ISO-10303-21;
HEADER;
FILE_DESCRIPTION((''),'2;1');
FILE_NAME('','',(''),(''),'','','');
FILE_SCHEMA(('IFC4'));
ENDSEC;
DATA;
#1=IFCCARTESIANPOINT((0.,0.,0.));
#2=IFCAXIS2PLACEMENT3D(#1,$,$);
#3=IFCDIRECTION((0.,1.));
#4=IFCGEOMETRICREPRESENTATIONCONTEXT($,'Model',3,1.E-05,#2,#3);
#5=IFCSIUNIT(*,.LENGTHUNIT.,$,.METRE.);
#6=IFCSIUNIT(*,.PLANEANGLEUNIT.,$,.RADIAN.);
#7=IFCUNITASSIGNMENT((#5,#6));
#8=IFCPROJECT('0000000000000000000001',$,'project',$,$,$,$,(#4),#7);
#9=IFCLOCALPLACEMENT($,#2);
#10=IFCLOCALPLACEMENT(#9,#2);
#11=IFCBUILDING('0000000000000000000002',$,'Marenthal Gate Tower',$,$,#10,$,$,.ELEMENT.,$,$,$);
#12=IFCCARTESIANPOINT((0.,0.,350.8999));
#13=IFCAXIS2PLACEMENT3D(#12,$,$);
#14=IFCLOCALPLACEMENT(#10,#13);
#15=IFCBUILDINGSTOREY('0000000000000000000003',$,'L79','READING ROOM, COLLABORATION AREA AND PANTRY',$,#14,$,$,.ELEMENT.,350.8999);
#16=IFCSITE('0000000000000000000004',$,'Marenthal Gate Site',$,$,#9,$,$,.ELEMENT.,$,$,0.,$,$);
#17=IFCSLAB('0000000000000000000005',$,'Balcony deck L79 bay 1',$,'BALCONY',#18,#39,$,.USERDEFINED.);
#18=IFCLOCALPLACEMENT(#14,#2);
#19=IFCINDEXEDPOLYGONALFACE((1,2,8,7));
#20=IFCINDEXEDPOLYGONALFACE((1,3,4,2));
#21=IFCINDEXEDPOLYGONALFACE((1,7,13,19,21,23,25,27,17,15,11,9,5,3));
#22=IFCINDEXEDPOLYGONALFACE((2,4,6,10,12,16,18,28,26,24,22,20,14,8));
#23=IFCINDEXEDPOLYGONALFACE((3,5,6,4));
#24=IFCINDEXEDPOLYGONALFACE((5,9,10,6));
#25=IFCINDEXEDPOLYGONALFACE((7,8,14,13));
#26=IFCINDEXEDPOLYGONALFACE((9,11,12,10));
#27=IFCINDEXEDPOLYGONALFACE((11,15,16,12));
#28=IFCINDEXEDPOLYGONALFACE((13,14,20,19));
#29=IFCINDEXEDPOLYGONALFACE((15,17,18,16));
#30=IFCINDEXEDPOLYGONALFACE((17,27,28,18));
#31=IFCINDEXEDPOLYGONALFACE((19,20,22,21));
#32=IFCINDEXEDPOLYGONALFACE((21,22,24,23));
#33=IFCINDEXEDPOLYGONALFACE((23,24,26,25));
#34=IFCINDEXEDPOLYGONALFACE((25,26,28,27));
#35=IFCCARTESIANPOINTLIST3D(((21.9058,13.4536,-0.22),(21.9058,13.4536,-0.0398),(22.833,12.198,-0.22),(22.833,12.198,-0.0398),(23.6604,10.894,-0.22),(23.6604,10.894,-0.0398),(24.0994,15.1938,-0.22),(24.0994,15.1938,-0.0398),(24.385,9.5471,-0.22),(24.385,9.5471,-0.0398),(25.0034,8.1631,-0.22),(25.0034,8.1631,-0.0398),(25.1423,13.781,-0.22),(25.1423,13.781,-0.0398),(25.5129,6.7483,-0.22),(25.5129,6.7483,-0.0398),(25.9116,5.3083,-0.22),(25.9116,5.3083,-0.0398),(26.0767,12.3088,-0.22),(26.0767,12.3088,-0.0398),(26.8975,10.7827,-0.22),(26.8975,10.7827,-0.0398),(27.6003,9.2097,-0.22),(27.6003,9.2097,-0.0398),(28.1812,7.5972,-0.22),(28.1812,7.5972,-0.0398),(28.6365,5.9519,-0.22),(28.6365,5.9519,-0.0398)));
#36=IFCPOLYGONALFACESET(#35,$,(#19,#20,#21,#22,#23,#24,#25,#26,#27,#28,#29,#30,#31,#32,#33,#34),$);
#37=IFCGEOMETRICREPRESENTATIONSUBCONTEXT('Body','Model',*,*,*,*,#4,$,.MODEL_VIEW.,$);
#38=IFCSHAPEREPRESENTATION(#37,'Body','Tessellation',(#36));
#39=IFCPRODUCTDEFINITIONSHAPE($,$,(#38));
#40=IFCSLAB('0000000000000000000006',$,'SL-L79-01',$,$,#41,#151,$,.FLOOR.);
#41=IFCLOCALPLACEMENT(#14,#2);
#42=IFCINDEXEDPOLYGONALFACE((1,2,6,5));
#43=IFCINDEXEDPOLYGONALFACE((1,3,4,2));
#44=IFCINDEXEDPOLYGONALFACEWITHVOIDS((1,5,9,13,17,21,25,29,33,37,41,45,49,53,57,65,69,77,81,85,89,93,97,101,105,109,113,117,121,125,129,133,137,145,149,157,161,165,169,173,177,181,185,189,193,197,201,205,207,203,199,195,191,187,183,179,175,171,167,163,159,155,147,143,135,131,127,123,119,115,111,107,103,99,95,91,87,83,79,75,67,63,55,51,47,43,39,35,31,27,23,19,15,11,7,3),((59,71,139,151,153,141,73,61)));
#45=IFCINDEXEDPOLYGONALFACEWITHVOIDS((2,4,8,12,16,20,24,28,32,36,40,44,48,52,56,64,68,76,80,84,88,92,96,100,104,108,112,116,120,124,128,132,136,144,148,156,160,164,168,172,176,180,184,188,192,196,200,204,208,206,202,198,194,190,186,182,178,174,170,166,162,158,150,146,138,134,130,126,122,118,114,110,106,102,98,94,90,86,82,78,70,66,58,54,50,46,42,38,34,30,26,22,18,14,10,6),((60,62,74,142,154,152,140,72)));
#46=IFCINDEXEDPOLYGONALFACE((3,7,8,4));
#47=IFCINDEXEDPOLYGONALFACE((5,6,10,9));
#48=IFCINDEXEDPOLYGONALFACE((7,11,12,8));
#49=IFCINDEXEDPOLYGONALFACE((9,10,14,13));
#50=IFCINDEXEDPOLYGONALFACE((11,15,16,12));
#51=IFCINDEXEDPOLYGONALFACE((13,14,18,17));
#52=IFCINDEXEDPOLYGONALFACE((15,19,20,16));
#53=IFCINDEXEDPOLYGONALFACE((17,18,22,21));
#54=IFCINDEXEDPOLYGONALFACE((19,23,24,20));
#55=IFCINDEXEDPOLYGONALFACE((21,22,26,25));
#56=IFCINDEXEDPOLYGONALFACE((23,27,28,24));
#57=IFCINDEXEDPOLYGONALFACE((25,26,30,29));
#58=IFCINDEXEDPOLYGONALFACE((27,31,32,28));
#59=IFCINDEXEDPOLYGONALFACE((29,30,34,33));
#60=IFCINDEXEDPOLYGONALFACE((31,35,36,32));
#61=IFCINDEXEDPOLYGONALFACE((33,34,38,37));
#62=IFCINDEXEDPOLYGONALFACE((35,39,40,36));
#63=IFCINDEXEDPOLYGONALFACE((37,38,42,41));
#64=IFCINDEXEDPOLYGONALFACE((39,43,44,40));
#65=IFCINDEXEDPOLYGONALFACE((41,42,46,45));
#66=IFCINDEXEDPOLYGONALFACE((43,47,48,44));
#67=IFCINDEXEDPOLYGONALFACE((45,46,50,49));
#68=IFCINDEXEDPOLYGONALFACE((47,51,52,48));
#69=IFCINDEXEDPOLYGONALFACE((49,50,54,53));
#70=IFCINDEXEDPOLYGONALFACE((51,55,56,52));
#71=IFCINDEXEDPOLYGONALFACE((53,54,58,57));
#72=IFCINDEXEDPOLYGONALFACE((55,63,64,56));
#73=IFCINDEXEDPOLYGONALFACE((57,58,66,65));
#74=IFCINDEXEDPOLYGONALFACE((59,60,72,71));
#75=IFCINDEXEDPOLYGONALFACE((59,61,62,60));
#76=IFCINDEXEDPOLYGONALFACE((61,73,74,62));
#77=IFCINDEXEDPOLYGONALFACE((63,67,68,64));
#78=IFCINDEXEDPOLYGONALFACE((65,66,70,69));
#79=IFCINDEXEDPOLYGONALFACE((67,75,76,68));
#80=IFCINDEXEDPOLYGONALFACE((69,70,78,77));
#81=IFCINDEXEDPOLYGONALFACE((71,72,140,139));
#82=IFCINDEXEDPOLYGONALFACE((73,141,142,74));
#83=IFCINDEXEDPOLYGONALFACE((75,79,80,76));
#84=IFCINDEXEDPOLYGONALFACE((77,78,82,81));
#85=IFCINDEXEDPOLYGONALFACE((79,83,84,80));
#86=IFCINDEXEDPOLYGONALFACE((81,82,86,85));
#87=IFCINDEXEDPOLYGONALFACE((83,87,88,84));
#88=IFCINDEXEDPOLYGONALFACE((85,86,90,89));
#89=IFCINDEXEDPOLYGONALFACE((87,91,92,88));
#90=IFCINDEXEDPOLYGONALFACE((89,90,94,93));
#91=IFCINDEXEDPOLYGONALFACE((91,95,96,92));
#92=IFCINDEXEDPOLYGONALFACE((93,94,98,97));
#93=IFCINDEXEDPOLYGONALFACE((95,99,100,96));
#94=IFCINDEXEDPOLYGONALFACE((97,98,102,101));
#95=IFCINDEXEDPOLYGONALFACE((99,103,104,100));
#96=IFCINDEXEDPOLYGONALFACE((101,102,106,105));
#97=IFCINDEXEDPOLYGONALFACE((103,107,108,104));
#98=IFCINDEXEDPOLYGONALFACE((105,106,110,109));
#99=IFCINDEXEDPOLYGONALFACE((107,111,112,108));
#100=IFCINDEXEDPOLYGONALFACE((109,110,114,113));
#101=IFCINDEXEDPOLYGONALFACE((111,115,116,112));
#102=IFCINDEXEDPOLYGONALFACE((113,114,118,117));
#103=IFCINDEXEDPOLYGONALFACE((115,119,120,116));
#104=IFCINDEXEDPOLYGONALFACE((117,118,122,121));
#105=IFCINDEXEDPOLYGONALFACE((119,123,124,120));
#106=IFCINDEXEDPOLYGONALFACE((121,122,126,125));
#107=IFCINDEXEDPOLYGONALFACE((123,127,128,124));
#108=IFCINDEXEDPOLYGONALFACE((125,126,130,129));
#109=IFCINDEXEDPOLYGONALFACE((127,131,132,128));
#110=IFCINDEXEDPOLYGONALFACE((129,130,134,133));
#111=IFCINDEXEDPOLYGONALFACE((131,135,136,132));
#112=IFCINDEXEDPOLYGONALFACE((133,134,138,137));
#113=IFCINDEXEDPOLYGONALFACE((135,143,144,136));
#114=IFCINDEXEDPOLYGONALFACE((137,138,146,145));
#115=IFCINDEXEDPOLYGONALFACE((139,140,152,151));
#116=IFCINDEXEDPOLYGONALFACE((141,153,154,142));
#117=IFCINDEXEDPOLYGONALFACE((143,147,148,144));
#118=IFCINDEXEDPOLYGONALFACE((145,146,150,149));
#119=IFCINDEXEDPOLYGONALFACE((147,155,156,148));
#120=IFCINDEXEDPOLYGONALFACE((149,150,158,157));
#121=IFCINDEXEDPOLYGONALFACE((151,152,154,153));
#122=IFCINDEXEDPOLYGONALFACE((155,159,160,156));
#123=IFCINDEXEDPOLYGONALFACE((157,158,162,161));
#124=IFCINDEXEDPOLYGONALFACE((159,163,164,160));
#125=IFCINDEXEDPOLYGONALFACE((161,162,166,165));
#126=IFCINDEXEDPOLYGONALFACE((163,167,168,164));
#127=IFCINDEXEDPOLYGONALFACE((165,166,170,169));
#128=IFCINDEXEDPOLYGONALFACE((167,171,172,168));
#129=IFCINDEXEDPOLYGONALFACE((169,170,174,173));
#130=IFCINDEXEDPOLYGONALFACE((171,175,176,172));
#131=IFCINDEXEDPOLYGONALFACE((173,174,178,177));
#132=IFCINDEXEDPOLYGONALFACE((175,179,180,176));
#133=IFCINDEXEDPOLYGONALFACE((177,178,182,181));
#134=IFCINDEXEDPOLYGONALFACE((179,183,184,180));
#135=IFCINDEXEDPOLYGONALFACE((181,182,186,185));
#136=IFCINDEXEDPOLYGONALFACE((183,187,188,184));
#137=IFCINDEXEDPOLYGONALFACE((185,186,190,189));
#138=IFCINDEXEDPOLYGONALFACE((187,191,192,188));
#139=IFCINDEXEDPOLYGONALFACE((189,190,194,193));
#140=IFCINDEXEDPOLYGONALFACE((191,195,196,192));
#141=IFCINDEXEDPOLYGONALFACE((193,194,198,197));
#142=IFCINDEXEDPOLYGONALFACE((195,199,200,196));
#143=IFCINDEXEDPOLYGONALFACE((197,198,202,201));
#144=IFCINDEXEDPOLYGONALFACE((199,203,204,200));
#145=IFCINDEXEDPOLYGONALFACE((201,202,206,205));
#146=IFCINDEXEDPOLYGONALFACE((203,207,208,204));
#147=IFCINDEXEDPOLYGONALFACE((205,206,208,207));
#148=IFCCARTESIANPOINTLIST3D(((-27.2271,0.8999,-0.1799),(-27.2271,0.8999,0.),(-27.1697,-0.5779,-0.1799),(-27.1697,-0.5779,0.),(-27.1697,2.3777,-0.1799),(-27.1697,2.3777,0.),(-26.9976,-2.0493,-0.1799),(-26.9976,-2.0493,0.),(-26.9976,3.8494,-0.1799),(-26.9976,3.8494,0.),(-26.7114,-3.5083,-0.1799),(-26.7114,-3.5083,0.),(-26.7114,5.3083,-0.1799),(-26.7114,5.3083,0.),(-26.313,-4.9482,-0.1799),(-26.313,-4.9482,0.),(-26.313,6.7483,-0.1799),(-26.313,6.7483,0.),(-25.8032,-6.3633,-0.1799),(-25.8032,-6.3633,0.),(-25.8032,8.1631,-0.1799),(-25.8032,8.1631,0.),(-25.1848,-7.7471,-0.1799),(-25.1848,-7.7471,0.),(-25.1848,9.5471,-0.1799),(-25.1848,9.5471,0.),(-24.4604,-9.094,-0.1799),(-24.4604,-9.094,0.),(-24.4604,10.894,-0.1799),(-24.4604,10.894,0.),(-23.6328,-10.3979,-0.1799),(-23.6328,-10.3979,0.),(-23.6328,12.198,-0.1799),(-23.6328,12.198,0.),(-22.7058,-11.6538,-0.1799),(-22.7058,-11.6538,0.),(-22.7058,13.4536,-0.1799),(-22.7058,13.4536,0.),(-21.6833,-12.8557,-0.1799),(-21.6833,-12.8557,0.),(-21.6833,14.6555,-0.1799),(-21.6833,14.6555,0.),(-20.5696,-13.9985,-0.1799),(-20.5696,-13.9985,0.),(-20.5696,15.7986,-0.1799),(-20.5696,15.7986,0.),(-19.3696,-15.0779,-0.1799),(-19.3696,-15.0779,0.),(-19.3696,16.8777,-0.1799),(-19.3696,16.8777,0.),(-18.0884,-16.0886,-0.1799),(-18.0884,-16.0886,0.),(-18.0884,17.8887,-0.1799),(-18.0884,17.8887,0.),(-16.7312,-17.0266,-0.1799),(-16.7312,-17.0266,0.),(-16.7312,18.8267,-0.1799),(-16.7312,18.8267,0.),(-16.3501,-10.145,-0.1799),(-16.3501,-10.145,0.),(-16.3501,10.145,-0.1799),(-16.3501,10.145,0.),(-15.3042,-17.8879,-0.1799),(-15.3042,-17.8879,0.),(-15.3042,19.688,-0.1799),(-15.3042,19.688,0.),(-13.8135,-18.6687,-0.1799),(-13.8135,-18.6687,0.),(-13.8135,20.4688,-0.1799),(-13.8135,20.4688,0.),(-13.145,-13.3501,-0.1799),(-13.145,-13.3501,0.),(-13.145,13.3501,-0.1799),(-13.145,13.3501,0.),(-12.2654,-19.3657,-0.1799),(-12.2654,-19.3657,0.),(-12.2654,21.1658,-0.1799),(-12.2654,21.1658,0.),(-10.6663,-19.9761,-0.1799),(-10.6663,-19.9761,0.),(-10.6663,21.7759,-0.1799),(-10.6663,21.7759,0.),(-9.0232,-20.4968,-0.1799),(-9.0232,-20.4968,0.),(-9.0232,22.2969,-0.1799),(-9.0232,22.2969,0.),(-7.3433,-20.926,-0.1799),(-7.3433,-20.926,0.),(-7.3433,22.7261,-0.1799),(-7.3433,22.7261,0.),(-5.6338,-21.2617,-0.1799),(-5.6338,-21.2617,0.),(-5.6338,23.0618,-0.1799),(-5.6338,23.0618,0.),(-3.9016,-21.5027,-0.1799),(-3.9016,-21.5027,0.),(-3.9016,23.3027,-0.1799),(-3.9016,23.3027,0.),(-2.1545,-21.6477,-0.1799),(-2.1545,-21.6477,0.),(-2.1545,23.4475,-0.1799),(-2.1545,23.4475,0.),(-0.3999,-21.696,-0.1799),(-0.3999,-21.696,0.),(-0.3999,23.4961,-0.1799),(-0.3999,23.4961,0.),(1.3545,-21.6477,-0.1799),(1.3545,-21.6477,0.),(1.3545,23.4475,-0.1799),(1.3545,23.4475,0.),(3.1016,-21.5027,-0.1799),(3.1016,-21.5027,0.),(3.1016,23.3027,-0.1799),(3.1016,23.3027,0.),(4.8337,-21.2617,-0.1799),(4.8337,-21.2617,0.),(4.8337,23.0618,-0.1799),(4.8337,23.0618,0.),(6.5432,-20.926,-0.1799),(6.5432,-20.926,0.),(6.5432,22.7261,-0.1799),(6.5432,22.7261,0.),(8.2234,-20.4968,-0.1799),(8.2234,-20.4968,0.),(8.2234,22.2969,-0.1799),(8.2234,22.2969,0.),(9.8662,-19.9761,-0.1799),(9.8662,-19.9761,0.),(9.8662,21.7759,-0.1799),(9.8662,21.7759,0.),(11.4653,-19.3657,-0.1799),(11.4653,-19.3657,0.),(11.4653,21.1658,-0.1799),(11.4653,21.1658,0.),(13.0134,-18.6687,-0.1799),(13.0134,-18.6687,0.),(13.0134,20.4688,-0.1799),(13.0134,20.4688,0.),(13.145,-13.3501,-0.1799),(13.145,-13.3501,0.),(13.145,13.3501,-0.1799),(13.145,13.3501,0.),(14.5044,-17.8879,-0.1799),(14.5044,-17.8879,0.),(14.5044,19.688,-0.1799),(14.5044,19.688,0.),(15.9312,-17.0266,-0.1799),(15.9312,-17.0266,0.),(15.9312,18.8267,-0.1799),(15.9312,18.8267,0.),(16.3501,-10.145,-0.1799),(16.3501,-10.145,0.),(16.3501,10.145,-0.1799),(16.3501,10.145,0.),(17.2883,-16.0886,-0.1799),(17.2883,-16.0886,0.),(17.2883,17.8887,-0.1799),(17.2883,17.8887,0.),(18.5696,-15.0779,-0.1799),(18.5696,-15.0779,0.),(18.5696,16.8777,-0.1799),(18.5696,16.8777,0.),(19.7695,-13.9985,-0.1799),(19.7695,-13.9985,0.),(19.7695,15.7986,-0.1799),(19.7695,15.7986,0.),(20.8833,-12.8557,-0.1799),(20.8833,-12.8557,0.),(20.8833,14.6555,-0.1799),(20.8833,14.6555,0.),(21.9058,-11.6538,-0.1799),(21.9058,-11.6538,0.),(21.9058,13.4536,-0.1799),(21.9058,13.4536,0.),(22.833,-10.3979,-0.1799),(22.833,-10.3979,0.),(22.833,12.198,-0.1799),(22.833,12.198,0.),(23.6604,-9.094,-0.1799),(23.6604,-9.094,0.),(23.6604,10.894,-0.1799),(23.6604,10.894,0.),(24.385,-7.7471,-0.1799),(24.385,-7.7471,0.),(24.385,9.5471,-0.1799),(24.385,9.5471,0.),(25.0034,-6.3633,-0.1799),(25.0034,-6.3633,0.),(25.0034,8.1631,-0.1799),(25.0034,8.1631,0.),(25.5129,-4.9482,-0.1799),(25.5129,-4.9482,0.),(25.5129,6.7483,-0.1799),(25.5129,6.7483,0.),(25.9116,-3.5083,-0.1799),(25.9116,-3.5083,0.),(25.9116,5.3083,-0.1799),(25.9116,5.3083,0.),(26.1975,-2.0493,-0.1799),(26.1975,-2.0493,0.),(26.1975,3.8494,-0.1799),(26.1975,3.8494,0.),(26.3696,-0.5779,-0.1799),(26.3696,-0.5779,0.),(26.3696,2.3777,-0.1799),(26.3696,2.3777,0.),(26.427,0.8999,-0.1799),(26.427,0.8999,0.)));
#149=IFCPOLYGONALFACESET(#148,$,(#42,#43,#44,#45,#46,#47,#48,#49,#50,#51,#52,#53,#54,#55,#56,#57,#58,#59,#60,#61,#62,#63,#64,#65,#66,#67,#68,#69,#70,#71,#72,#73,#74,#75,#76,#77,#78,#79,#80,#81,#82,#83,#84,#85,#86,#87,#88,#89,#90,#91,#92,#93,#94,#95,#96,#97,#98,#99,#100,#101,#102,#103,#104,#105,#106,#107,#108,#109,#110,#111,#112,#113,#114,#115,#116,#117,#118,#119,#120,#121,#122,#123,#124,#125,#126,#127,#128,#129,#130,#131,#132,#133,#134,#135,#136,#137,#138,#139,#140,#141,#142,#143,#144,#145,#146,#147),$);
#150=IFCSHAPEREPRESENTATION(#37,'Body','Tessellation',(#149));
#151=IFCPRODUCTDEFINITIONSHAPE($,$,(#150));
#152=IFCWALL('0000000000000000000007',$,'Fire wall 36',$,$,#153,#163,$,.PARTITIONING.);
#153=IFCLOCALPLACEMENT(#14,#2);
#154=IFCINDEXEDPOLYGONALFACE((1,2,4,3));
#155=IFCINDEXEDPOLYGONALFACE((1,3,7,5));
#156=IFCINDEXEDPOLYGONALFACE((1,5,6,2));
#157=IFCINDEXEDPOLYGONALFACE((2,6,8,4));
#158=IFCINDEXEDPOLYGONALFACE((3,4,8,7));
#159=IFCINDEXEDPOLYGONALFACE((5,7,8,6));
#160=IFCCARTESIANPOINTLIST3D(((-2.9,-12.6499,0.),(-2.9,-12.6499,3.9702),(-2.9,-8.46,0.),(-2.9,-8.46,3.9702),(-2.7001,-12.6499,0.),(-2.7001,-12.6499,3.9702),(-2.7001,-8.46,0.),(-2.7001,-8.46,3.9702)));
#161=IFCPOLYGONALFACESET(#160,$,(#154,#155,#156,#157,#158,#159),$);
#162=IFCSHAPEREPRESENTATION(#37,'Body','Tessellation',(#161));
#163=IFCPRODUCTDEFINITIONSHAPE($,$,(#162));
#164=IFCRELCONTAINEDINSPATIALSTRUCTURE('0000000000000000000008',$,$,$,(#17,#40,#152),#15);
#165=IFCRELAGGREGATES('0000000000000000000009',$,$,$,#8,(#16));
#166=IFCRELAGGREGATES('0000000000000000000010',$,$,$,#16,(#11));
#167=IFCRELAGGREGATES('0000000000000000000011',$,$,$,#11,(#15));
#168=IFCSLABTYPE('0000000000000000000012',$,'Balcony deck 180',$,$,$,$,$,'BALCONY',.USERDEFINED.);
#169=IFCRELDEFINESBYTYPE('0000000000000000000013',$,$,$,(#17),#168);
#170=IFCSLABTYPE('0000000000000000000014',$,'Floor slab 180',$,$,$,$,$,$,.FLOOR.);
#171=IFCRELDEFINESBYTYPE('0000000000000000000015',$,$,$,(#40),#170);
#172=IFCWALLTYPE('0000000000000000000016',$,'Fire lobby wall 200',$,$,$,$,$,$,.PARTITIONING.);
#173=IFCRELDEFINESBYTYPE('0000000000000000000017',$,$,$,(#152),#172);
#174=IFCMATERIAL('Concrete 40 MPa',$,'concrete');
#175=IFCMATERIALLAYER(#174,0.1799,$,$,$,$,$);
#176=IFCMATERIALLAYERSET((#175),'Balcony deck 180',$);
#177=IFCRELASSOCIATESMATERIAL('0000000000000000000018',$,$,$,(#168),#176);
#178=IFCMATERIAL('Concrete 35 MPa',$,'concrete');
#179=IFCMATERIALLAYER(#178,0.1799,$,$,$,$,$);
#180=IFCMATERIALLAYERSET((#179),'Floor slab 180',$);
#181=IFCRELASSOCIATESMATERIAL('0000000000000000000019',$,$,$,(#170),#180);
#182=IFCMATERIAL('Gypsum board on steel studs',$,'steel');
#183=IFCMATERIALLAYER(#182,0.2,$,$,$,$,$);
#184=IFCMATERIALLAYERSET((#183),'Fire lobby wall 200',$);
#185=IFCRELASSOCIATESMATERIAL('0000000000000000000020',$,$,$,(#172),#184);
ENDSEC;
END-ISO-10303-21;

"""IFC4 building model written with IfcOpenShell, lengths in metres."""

from ifc_helpers import new_model, si_unit, direction, frame, frame_2d, origin, place, context, subcontext, project, spatial, polyline, rectangle, outline, extrude, material, layer, layer_set, type_object, element, save


model = new_model("IFC4")

# Units and contexts
model_context = context("Model", 3, precision=1e-05, world=origin(), true_north=direction((0.0, 1.0)))
body_context = subcontext(model_context, "Body", "Model", "MODEL_VIEW")
ifc_project = project(units=[si_unit("LENGTHUNIT", "METRE"), si_unit("PLANEANGLEUNIT", "RADIAN")], contexts=[model_context])

# Site, building, storey
site_placement = place(None, origin())
site = spatial("IfcSite", under=ifc_project, at=site_placement, Name="Marenthal Gate Site", CompositionType="ELEMENT", RefElevation=0.0)
building_placement = place(site_placement, origin())
building = spatial("IfcBuilding", under=site, at=building_placement, Name="Marenthal Gate Tower", CompositionType="ELEMENT")
storey_placement = place(building_placement, frame((0.0, 0.0, 350.8999)))
storey = spatial("IfcBuildingStorey", under=building, at=storey_placement, Name="L79", Description="READING ROOM, COLLABORATION AREA AND PANTRY", CompositionType="ELEMENT", Elevation=350.8999)

# Slabs
ifc_material_1 = material(Name="Concrete 40 MPa", Category="concrete")
ifc_layer_1 = layer(ifc_material_1, 0.1799)
ifc_layer_set_1 = layer_set([ifc_layer_1], Name="Balcony deck 180")
slab_type_1 = type_object("IfcSlabType", Name="Balcony deck 180", ElementType="BALCONY", PredefinedType="USERDEFINED", material=ifc_layer_set_1)
slab_1_placement = place(storey_placement, frame((0.0, 0.0, -0.22)))
element("IfcSlab", 1, at=slab_1_placement, inside=storey, type_object=slab_type_1, Name="Balcony deck L79 bay 1", ObjectType="BALCONY", PredefinedType="USERDEFINED", context=body_context, shape_type="SweptSolid", body=[
    extrude(outline(polyline([(25.9116, 5.3083), (25.5129, 6.7483), (25.0034, 8.1631), (24.385, 9.5471), (23.6604, 10.894), (22.833, 12.198), (21.9058, 13.4536), (24.0994, 15.1938), (25.1423, 13.781), (26.0767, 12.3088), (26.8975, 10.7827), (27.6003, 9.2097), (28.1812, 7.5972), (28.6365, 5.9519), (25.9116, 5.3083)])), origin(), (0.0, 0.0, 1.0), 0.1802),
])
ifc_material_2 = material(Name="Concrete 35 MPa", Category="concrete")
ifc_layer_2 = layer(ifc_material_2, 0.1799)
ifc_layer_set_2 = layer_set([ifc_layer_2], Name="Floor slab 180")
slab_type_2 = type_object("IfcSlabType", Name="Floor slab 180", PredefinedType="FLOOR", material=ifc_layer_set_2)
slab_2_placement = place(storey_placement, frame((0.0, 0.0, -0.1799)))
element("IfcSlab", 2, at=slab_2_placement, inside=storey, type_object=slab_type_2, Name="SL-L79-01", PredefinedType="FLOOR", context=body_context, shape_type="SweptSolid", body=[
    extrude(outline(polyline([(26.427, 0.8999), (26.3696, 2.3777), (26.1975, 3.8494), (25.9116, 5.3083), (25.5129, 6.7483), (25.0034, 8.1631), (24.385, 9.5471), (23.6604, 10.894), (22.833, 12.198), (21.9058, 13.4536), (20.8833, 14.6555), (19.7695, 15.7986), (18.5696, 16.8777), (17.2883, 17.8887), (15.9312, 18.8267), (14.5044, 19.688), (13.0134, 20.4688), (11.4653, 21.1658), (9.8662, 21.7759), (8.2234, 22.2969), (6.5432, 22.7261), (4.8337, 23.0618), (3.1016, 23.3027), (1.3545, 23.4475), (-0.3999, 23.4961), (-2.1545, 23.4475), (-3.9016, 23.3027), (-5.6338, 23.0618), (-7.3433, 22.7261), (-9.0232, 22.2969), (-10.6663, 21.7759), (-12.2654, 21.1658), (-13.8135, 20.4688), (-15.3042, 19.688), (-16.7312, 18.8267), (-18.0884, 17.8887), (-19.3696, 16.8777), (-20.5696, 15.7986), (-21.6833, 14.6555), (-22.7058, 13.4536), (-23.6328, 12.198), (-24.4604, 10.894), (-25.1848, 9.5471), (-25.8032, 8.1631), (-26.313, 6.7483), (-26.7114, 5.3083), (-26.9976, 3.8494), (-27.1697, 2.3777), (-27.2271, 0.8999), (-27.1697, -0.5779), (-26.9976, -2.0493), (-26.7114, -3.5083), (-26.313, -4.9482), (-25.8032, -6.3633), (-25.1848, -7.7471), (-24.4604, -9.094), (-23.6328, -10.3979), (-22.7058, -11.6538), (-21.6833, -12.8557), (-20.5696, -13.9985), (-19.3696, -15.0779), (-18.0884, -16.0886), (-16.7312, -17.0266), (-15.3042, -17.8879), (-13.8135, -18.6687), (-12.2654, -19.3657), (-10.6663, -19.9761), (-9.0232, -20.4968), (-7.3433, -20.926), (-5.6338, -21.2617), (-3.9016, -21.5027), (-2.1545, -21.6477), (-0.3999, -21.696), (1.3545, -21.6477), (3.1016, -21.5027), (4.8337, -21.2617), (6.5432, -20.926), (8.2234, -20.4968), (9.8662, -19.9761), (11.4653, -19.3657), (13.0134, -18.6687), (14.5044, -17.8879), (15.9312, -17.0266), (17.2883, -16.0886), (18.5696, -15.0779), (19.7695, -13.9985), (20.8833, -12.8557), (21.9058, -11.6538), (22.833, -10.3979), (23.6604, -9.094), (24.385, -7.7471), (25.0034, -6.3633), (25.5129, -4.9482), (25.9116, -3.5083), (26.1975, -2.0493), (26.3696, -0.5779), (26.427, 0.8999)]), holes=[polyline([(13.145, -13.3501), (16.3501, -10.145), (16.3501, 10.145), (13.145, 13.3501), (-13.145, 13.3501), (-16.3501, 10.145), (-16.3501, -10.145), (-13.145, -13.3501), (13.145, -13.3501)])]), origin(), (0.0, 0.0, 1.0), 0.1799),
])

# Wall
ifc_material_3 = material(Name="Gypsum board on steel studs", Category="steel")
ifc_layer_3 = layer(ifc_material_3, 0.2)
ifc_layer_set_3 = layer_set([ifc_layer_3], Name="Fire lobby wall 200")
wall_type_1 = type_object("IfcWallType", Name="Fire lobby wall 200", PredefinedType="PARTITIONING", material=ifc_layer_set_3)
wall_1_placement = place(storey_placement, frame((-2.8, -12.6499, 0.0), z_axis=(0.0, 0.0, 1.0), x_axis=(0.0, 1.0, 0.0)))
element("IfcWall", 3, at=wall_1_placement, inside=storey, type_object=wall_type_1, Name="Fire wall 36", PredefinedType="PARTITIONING", context=body_context, shape_type="SweptSolid", body=[
    extrude(rectangle(XDim=4.1899, YDim=0.2, at=frame_2d((2.095, 0.0))), origin(), (0.0, 0.0, 1.0), 3.9702),
])

save(model, "model.ifc")
